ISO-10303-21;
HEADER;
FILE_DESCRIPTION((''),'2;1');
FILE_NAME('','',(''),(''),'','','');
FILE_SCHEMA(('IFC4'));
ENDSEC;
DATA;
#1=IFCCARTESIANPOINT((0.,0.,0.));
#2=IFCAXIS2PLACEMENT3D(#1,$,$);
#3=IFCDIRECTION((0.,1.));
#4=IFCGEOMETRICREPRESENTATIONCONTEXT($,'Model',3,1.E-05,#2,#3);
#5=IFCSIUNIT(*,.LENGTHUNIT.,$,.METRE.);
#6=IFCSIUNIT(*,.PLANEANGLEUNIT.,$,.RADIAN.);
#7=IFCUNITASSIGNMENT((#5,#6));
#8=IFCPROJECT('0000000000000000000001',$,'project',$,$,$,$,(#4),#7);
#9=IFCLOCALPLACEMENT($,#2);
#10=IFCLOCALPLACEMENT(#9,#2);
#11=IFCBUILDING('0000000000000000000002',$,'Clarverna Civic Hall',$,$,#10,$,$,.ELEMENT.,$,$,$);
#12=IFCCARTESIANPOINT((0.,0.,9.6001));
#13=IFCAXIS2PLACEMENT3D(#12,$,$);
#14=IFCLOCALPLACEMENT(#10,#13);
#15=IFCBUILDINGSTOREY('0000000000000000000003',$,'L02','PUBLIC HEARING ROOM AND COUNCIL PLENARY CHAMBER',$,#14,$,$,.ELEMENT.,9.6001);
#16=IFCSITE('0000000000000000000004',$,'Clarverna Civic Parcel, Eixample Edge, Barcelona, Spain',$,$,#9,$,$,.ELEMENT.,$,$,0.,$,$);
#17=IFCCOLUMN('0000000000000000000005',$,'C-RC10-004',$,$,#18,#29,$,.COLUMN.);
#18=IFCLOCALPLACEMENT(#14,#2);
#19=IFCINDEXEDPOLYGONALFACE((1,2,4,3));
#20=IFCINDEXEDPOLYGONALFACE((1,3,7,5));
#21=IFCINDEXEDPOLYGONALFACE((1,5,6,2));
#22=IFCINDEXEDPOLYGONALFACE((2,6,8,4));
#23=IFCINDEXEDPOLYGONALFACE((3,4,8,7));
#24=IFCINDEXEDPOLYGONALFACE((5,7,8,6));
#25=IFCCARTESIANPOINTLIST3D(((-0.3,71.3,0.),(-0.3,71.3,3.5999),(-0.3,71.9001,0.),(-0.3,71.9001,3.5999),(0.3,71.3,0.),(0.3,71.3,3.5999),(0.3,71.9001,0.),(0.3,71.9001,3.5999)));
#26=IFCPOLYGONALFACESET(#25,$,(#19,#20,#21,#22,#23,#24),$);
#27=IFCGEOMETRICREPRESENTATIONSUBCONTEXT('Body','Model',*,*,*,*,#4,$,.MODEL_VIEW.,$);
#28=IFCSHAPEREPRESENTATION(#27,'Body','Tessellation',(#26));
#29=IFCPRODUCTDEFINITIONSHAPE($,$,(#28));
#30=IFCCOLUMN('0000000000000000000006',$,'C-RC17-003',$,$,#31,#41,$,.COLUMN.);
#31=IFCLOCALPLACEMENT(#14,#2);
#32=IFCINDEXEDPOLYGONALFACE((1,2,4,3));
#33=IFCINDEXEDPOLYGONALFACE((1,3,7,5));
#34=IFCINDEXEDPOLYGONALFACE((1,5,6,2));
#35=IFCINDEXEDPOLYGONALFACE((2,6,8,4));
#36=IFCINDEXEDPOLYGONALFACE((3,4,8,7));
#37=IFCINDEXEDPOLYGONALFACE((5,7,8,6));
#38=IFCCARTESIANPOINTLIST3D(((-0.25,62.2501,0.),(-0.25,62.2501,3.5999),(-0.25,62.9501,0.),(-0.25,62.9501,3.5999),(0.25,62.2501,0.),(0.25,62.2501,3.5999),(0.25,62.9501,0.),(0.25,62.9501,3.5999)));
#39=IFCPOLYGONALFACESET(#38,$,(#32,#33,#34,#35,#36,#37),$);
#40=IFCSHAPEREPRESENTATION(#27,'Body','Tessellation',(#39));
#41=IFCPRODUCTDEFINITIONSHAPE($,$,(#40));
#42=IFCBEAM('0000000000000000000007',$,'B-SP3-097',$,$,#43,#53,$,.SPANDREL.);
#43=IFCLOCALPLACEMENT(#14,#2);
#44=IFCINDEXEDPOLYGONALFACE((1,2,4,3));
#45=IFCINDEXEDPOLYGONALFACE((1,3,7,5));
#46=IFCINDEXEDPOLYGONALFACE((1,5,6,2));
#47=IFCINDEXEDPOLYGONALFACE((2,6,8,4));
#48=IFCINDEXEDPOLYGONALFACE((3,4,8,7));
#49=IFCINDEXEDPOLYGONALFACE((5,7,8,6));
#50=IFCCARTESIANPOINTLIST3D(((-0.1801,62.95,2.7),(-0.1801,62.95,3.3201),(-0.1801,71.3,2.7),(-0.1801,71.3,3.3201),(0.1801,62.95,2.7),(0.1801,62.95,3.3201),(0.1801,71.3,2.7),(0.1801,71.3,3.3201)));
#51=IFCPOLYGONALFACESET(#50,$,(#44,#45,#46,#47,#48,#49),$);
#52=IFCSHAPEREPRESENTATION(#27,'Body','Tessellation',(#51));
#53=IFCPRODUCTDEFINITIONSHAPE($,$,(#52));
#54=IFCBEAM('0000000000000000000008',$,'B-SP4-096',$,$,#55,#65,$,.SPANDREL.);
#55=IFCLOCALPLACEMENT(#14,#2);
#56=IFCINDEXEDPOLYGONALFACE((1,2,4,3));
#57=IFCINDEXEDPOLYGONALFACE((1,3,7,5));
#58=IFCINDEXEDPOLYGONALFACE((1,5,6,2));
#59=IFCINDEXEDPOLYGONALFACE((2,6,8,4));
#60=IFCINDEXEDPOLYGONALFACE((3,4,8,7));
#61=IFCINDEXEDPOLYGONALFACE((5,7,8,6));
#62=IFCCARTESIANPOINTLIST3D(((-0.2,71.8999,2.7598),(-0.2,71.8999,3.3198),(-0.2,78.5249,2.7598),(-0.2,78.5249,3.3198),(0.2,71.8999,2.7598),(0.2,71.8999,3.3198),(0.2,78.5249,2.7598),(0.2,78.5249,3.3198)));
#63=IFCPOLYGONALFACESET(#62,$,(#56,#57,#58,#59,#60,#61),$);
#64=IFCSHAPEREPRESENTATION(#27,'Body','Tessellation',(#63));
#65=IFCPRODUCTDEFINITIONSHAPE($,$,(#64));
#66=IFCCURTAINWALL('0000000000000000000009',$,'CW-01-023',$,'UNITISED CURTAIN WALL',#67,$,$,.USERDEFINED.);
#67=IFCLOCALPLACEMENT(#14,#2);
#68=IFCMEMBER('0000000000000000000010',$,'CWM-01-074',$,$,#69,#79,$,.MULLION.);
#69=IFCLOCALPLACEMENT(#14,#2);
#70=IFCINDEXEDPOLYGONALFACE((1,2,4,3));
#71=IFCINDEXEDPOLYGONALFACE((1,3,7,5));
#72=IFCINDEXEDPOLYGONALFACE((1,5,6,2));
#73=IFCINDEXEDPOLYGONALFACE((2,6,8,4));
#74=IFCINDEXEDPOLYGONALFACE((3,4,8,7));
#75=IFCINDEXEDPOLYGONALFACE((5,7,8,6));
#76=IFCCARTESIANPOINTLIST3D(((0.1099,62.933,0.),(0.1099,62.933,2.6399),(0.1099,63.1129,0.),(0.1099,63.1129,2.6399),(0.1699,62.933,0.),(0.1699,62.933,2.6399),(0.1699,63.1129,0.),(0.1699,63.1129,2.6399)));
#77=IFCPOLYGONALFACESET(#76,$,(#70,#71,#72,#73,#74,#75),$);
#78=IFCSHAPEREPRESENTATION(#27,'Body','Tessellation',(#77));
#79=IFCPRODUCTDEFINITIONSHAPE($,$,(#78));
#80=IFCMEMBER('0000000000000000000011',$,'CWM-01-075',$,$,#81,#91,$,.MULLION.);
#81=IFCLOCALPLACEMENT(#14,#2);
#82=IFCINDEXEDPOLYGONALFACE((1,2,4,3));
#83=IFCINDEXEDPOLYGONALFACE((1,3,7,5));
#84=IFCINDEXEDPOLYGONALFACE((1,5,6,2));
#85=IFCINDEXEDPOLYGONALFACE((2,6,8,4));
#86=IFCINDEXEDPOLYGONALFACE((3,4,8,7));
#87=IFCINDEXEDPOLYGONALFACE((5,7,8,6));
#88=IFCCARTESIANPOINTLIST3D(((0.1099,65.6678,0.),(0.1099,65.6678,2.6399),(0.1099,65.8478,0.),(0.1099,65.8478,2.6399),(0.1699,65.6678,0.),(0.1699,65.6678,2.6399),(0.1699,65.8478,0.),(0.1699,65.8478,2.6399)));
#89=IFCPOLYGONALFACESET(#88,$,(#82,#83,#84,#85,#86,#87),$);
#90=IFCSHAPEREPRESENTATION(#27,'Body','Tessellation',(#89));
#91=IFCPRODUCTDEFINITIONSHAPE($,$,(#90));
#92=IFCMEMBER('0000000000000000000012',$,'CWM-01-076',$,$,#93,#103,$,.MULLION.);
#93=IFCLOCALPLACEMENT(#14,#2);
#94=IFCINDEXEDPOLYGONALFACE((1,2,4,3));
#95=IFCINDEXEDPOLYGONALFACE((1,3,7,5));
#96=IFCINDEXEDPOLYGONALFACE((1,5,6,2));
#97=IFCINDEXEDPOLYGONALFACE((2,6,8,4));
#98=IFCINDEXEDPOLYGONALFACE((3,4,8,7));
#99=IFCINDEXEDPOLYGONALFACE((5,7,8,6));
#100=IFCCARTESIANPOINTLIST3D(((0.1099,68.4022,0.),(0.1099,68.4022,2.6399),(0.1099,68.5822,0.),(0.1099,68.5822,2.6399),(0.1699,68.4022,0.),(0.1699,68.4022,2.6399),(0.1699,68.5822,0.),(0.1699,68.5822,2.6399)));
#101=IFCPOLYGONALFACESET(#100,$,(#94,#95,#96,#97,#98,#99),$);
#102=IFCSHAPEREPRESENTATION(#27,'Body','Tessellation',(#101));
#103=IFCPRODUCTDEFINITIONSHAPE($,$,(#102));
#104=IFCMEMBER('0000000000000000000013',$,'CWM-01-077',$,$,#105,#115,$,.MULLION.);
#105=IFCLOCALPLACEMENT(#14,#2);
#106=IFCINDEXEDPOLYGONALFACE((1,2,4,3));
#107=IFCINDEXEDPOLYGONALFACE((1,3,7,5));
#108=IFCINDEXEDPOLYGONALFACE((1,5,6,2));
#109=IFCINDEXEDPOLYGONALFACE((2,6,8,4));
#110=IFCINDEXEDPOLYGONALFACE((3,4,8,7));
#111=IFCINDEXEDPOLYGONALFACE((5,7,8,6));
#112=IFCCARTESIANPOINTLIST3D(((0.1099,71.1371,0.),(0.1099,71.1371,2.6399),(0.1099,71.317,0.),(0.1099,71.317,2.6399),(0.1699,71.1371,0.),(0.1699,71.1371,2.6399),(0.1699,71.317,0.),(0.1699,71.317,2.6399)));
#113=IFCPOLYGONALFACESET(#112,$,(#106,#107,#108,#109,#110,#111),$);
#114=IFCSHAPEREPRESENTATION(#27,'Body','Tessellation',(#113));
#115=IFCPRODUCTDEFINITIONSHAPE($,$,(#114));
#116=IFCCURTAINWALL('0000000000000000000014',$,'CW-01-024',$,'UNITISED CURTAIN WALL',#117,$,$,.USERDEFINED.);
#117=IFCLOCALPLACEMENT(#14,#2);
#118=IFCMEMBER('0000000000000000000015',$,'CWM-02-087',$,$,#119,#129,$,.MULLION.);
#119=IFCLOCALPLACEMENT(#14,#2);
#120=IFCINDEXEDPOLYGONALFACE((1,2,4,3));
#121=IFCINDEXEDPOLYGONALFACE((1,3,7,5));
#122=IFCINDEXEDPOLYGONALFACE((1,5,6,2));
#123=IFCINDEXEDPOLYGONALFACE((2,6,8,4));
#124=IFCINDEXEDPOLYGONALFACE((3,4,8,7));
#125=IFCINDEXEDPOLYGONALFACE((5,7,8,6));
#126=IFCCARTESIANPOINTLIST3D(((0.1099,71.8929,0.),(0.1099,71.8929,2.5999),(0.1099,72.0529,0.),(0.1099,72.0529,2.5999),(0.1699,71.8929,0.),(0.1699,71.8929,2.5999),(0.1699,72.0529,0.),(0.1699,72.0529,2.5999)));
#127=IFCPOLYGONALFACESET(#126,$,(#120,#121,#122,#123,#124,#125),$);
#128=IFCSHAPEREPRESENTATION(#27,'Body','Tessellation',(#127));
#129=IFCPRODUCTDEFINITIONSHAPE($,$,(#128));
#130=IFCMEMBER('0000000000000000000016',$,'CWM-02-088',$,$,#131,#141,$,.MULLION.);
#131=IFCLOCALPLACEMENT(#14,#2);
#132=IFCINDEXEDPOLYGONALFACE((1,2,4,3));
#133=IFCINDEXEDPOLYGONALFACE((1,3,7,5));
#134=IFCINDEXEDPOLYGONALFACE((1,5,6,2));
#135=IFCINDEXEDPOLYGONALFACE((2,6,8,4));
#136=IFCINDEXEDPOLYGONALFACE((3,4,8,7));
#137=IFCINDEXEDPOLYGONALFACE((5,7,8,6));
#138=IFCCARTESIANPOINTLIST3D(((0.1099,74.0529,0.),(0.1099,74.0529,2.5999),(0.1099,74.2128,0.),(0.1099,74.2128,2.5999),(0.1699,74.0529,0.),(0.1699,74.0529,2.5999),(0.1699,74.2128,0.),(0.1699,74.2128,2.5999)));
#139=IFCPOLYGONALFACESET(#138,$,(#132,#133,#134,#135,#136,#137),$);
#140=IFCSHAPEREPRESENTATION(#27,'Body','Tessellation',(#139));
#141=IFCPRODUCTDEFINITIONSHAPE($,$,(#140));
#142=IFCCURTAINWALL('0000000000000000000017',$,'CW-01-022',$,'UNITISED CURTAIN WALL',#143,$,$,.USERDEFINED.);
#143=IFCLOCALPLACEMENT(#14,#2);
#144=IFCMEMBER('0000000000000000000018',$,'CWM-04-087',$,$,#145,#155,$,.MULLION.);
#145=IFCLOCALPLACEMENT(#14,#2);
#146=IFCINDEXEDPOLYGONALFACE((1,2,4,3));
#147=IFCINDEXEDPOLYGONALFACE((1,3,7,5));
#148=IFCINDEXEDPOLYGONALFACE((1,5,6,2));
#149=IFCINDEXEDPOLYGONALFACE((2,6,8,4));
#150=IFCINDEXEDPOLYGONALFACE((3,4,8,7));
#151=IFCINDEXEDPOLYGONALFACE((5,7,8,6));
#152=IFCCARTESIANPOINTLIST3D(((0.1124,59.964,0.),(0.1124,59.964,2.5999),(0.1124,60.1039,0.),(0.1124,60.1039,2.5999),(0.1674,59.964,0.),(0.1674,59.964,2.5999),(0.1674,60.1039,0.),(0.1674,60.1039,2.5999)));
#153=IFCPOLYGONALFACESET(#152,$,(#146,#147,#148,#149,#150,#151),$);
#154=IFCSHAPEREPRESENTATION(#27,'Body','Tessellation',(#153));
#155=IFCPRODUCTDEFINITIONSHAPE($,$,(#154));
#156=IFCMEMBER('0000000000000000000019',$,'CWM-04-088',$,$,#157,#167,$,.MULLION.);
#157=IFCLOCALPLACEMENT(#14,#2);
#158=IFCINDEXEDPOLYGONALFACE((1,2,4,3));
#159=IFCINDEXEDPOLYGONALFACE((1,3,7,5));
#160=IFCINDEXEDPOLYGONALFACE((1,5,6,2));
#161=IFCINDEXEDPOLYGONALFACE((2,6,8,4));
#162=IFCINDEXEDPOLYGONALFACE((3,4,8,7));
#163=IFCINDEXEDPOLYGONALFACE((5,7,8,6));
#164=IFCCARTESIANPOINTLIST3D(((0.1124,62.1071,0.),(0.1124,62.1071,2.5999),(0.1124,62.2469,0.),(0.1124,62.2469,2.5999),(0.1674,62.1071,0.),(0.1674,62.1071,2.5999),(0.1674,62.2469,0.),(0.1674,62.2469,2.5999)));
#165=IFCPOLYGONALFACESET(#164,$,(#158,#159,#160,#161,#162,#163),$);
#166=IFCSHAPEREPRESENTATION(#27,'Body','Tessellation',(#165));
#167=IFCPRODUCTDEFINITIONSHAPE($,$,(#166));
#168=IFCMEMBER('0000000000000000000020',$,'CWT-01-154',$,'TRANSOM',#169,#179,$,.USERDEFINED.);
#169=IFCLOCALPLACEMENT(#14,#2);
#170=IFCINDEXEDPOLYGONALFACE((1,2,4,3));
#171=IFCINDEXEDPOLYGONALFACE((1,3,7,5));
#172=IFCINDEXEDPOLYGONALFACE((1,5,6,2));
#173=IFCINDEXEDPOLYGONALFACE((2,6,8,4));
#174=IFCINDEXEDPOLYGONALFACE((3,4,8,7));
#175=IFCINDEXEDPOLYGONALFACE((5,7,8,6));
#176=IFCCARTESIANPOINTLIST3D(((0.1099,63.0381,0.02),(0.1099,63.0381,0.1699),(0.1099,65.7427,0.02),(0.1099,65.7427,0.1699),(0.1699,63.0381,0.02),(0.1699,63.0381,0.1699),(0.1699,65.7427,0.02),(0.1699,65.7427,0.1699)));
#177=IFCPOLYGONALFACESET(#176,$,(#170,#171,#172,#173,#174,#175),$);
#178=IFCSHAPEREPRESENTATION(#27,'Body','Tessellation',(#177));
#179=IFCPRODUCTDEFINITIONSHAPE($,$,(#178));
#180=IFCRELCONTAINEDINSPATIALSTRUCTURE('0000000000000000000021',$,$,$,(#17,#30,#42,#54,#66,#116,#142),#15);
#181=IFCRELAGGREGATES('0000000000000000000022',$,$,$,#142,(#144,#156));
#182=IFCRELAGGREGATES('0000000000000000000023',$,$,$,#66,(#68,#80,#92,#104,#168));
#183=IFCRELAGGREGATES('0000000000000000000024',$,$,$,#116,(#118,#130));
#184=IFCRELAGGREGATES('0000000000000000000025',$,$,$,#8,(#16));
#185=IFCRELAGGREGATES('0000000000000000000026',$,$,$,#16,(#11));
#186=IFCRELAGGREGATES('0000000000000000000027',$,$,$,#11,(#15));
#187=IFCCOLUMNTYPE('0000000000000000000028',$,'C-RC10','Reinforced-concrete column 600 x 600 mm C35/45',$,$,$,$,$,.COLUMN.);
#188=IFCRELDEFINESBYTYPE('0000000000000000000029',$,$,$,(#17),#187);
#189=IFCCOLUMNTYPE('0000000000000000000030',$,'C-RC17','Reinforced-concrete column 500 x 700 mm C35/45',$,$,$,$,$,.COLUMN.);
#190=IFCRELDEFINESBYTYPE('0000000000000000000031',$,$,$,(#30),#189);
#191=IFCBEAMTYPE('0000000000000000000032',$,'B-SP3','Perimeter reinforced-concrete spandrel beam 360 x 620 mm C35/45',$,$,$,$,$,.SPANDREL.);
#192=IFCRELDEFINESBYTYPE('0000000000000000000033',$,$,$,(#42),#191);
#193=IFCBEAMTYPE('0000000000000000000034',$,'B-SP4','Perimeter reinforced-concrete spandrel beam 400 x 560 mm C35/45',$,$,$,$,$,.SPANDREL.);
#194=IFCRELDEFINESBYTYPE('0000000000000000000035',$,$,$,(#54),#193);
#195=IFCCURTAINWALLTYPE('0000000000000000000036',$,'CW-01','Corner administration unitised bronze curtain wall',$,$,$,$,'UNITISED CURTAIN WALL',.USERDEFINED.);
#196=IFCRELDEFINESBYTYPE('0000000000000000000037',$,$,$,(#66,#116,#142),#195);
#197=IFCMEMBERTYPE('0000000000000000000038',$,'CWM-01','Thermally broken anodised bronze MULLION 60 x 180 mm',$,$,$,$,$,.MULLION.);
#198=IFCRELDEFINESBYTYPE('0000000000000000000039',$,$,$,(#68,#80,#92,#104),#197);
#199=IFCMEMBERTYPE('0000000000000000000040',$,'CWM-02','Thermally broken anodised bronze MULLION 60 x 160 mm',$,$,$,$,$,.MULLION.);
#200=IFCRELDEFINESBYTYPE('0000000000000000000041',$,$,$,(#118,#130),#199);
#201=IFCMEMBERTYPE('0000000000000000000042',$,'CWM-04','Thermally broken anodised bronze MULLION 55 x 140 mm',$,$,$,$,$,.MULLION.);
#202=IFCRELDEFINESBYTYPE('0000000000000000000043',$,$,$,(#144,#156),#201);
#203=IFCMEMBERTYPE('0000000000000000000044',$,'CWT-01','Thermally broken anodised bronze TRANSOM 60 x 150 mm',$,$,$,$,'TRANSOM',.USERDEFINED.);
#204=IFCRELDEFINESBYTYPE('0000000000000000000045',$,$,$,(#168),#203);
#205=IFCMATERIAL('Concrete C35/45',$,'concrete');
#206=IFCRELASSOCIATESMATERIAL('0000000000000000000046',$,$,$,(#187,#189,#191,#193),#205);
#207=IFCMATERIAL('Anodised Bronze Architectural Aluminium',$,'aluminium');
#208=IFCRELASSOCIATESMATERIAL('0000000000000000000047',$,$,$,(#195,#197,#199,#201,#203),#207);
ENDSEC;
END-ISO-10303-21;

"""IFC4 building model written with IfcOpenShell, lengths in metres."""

from ifc_helpers import new_model, si_unit, direction, frame, origin, origin_2d, place, context, subcontext, project, spatial, rectangle, extrude, material, material_profile, profile_set, type_object, element, aggregate, save


model = new_model("IFC4")

# Units and contexts
model_context = context("Model", 3, precision=1e-05, world=origin(), true_north=direction((0.0, 1.0)))
body_context = subcontext(model_context, "Body", "Model", "MODEL_VIEW")
ifc_project = project(units=[si_unit("LENGTHUNIT", "METRE"), si_unit("PLANEANGLEUNIT", "RADIAN")], contexts=[model_context])

# Site, building, storey
site_placement = place(None, origin())
site = spatial("IfcSite", under=ifc_project, at=site_placement, Name="Clarverna Civic Parcel, Eixample Edge, Barcelona, Spain", CompositionType="ELEMENT", RefElevation=0.0)
building_placement = place(site_placement, origin())
building = spatial("IfcBuilding", under=site, at=building_placement, Name="Clarverna Civic Hall", CompositionType="ELEMENT")
storey_placement = place(building_placement, frame((0.0, 0.0, 9.6001)))
storey = spatial("IfcBuildingStorey", under=building, at=storey_placement, Name="L02", Description="PUBLIC HEARING ROOM AND COUNCIL PLENARY CHAMBER", CompositionType="ELEMENT", Elevation=9.6001)

# Columns
ifc_material_1 = material(Name="Concrete C35/45", Category="concrete")
ifc_material_profile_1 = material_profile(ifc_material_1, rectangle(XDim=0.6001, YDim=0.6001, at=origin_2d()), Name="RC 600x600")
ifc_profile_set_1 = profile_set([ifc_material_profile_1], Name="Concrete C35/45")
column_type_1 = type_object("IfcColumnType", Name="C-RC10", Description="Reinforced-concrete column 600 x 600 mm C35/45", PredefinedType="COLUMN", material=ifc_profile_set_1)
column_1_placement = place(storey_placement, frame((0.0, 71.6001, 0.0), z_axis=(0.0, 0.0, 1.0), x_axis=(1.0, 0.0, 0.0)))
element("IfcColumn", 1, at=column_1_placement, inside=storey, type_object=column_type_1, Name="C-RC10-004", PredefinedType="COLUMN", context=body_context, shape_type="SweptSolid", body=[
    extrude(rectangle(XDim=0.6001, YDim=0.6001, at=origin_2d()), origin(), (0.0, 0.0, 1.0), 3.5999),
])
ifc_material_profile_2 = material_profile(ifc_material_1, rectangle(XDim=0.5, YDim=0.7, at=origin_2d()), Name="RC 500x700")
ifc_profile_set_2 = profile_set([ifc_material_profile_2], Name="Concrete C35/45")
column_type_2 = type_object("IfcColumnType", Name="C-RC17", Description="Reinforced-concrete column 500 x 700 mm C35/45", PredefinedType="COLUMN", material=ifc_profile_set_2)
column_2_placement = place(storey_placement, frame((0.0, 62.6001, 0.0), z_axis=(0.0, 0.0, 1.0), x_axis=(1.0, 0.0, 0.0)))
element("IfcColumn", 2, at=column_2_placement, inside=storey, type_object=column_type_2, Name="C-RC17-003", PredefinedType="COLUMN", context=body_context, shape_type="SweptSolid", body=[
    extrude(rectangle(XDim=0.5, YDim=0.7, at=origin_2d()), origin(), (0.0, 0.0, 1.0), 3.5999),
])

# Beams
ifc_material_profile_3 = material_profile(ifc_material_1, rectangle(XDim=0.3601, YDim=0.6201, at=origin_2d()), Name="RC 360x620")
ifc_profile_set_3 = profile_set([ifc_material_profile_3], Name="Concrete C35/45")
beam_type_1 = type_object("IfcBeamType", Name="B-SP3", Description="Perimeter reinforced-concrete spandrel beam 360 x 620 mm C35/45", PredefinedType="SPANDREL", material=ifc_profile_set_3)
beam_1_placement = place(storey_placement, frame((0.0, 62.95, 3.01), z_axis=(0.0, 1.0, 0.0), x_axis=(-1.0, 0.0, 0.0)))
element("IfcBeam", 3, at=beam_1_placement, inside=storey, type_object=beam_type_1, Name="B-SP3-097", PredefinedType="SPANDREL", context=body_context, shape_type="SweptSolid", body=[
    extrude(rectangle(XDim=0.3601, YDim=0.6201, at=origin_2d()), origin(), (0.0, 0.0, 1.0), 8.3501),
])
ifc_material_profile_4 = material_profile(ifc_material_1, rectangle(XDim=0.3999, YDim=0.5601, at=origin_2d()), Name="RC 400x560")
ifc_profile_set_4 = profile_set([ifc_material_profile_4], Name="Concrete C35/45")
beam_type_2 = type_object("IfcBeamType", Name="B-SP4", Description="Perimeter reinforced-concrete spandrel beam 400 x 560 mm C35/45", PredefinedType="SPANDREL", material=ifc_profile_set_4)
beam_2_placement = place(storey_placement, frame((0.0, 71.8999, 3.0398), z_axis=(0.0, 1.0, 0.0), x_axis=(-1.0, 0.0, 0.0)))
element("IfcBeam", 4, at=beam_2_placement, inside=storey, type_object=beam_type_2, Name="B-SP4-096", PredefinedType="SPANDREL", context=body_context, shape_type="SweptSolid", body=[
    extrude(rectangle(XDim=0.3999, YDim=0.5601, at=origin_2d()), origin(), (0.0, 0.0, 1.0), 6.625),
])

# Curtain walls, members
ifc_material_2 = material(Name="Anodised Bronze Architectural Aluminium", Category="aluminium")
curtain_wall_type = type_object("IfcCurtainWallType", Name="CW-01", Description="Corner administration unitised bronze curtain wall", ElementType="UNITISED CURTAIN WALL", PredefinedType="USERDEFINED", material=ifc_material_2)
curtain_wall_1_placement = place(storey_placement, origin())
curtain_wall_1 = element("IfcCurtainWall", 5, at=curtain_wall_1_placement, inside=storey, type_object=curtain_wall_type, Name="CW-01-023", ObjectType="UNITISED CURTAIN WALL", PredefinedType="USERDEFINED")
ifc_material_profile_5 = material_profile(ifc_material_2, rectangle(XDim=0.0601, YDim=0.1799, at=origin_2d()), Name="BRONZE 60x180")
ifc_profile_set_5 = profile_set([ifc_material_profile_5], Name="Anodised Bronze Architectural Aluminium")
member_type_1 = type_object("IfcMemberType", Name="CWM-01", Description="Thermally broken anodised bronze MULLION 60 x 180 mm", PredefinedType="MULLION", material=ifc_profile_set_5)
member_1_placement = place(storey_placement, frame((0.1399, 63.0229, 0.0), z_axis=(0.0, 0.0, 1.0), x_axis=(1.0, 0.0, 0.0)))
member_1 = element("IfcMember", 6, at=member_1_placement, type_object=member_type_1, Name="CWM-01-074", PredefinedType="MULLION", context=body_context, shape_type="SweptSolid", body=[
    extrude(rectangle(XDim=0.0601, YDim=0.1799, at=origin_2d()), origin(), (0.0, 0.0, 1.0), 2.6399),
])
member_2_placement = place(storey_placement, frame((0.1399, 65.7578, 0.0), z_axis=(0.0, 0.0, 1.0), x_axis=(1.0, 0.0, 0.0)))
member_2 = element("IfcMember", 7, at=member_2_placement, type_object=member_type_1, Name="CWM-01-075", PredefinedType="MULLION", context=body_context, shape_type="SweptSolid", body=[
    extrude(rectangle(XDim=0.0601, YDim=0.1799, at=origin_2d()), origin(), (0.0, 0.0, 1.0), 2.6399),
])
member_3_placement = place(storey_placement, frame((0.1399, 68.4922, 0.0), z_axis=(0.0, 0.0, 1.0), x_axis=(1.0, 0.0, 0.0)))
member_3 = element("IfcMember", 8, at=member_3_placement, type_object=member_type_1, Name="CWM-01-076", PredefinedType="MULLION", context=body_context, shape_type="SweptSolid", body=[
    extrude(rectangle(XDim=0.0601, YDim=0.1799, at=origin_2d()), origin(), (0.0, 0.0, 1.0), 2.6399),
])
member_4_placement = place(storey_placement, frame((0.1399, 71.2271, 0.0), z_axis=(0.0, 0.0, 1.0), x_axis=(1.0, 0.0, 0.0)))
member_4 = element("IfcMember", 9, at=member_4_placement, type_object=member_type_1, Name="CWM-01-077", PredefinedType="MULLION", context=body_context, shape_type="SweptSolid", body=[
    extrude(rectangle(XDim=0.0601, YDim=0.1799, at=origin_2d()), origin(), (0.0, 0.0, 1.0), 2.6399),
])
curtain_wall_2_placement = place(storey_placement, origin())
curtain_wall_2 = element("IfcCurtainWall", 10, at=curtain_wall_2_placement, inside=storey, type_object=curtain_wall_type, Name="CW-01-024", ObjectType="UNITISED CURTAIN WALL", PredefinedType="USERDEFINED")
ifc_material_profile_6 = material_profile(ifc_material_2, rectangle(XDim=0.0601, YDim=0.1599, at=origin_2d()), Name="BRONZE 60x160")
ifc_profile_set_6 = profile_set([ifc_material_profile_6], Name="Anodised Bronze Architectural Aluminium")
member_type_2 = type_object("IfcMemberType", Name="CWM-02", Description="Thermally broken anodised bronze MULLION 60 x 160 mm", PredefinedType="MULLION", material=ifc_profile_set_6)
member_5_placement = place(storey_placement, frame((0.1399, 71.9729, 0.0), z_axis=(0.0, 0.0, 1.0), x_axis=(1.0, 0.0, 0.0)))
member_5 = element("IfcMember", 11, at=member_5_placement, type_object=member_type_2, Name="CWM-02-087", PredefinedType="MULLION", context=body_context, shape_type="SweptSolid", body=[
    extrude(rectangle(XDim=0.0601, YDim=0.1599, at=origin_2d()), origin(), (0.0, 0.0, 1.0), 2.5999),
])
member_6_placement = place(storey_placement, frame((0.1399, 74.1328, 0.0), z_axis=(0.0, 0.0, 1.0), x_axis=(1.0, 0.0, 0.0)))
member_6 = element("IfcMember", 12, at=member_6_placement, type_object=member_type_2, Name="CWM-02-088", PredefinedType="MULLION", context=body_context, shape_type="SweptSolid", body=[
    extrude(rectangle(XDim=0.0601, YDim=0.1599, at=origin_2d()), origin(), (0.0, 0.0, 1.0), 2.5999),
])
curtain_wall_3_placement = place(storey_placement, origin())
curtain_wall_3 = element("IfcCurtainWall", 13, at=curtain_wall_3_placement, inside=storey, type_object=curtain_wall_type, Name="CW-01-022", ObjectType="UNITISED CURTAIN WALL", PredefinedType="USERDEFINED")
ifc_material_profile_7 = material_profile(ifc_material_2, rectangle(XDim=0.0549, YDim=0.1399, at=origin_2d()), Name="BRONZE 55x140")
ifc_profile_set_7 = profile_set([ifc_material_profile_7], Name="Anodised Bronze Architectural Aluminium")
member_type_3 = type_object("IfcMemberType", Name="CWM-04", Description="Thermally broken anodised bronze MULLION 55 x 140 mm", PredefinedType="MULLION", material=ifc_profile_set_7)
member_7_placement = place(storey_placement, frame((0.1399, 60.0339, 0.0), z_axis=(0.0, 0.0, 1.0), x_axis=(1.0, 0.0, 0.0)))
member_7 = element("IfcMember", 14, at=member_7_placement, type_object=member_type_3, Name="CWM-04-087", PredefinedType="MULLION", context=body_context, shape_type="SweptSolid", body=[
    extrude(rectangle(XDim=0.0549, YDim=0.1399, at=origin_2d()), origin(), (0.0, 0.0, 1.0), 2.5999),
])
member_8_placement = place(storey_placement, frame((0.1399, 62.177, 0.0), z_axis=(0.0, 0.0, 1.0), x_axis=(1.0, 0.0, 0.0)))
member_8 = element("IfcMember", 15, at=member_8_placement, type_object=member_type_3, Name="CWM-04-088", PredefinedType="MULLION", context=body_context, shape_type="SweptSolid", body=[
    extrude(rectangle(XDim=0.0549, YDim=0.1399, at=origin_2d()), origin(), (0.0, 0.0, 1.0), 2.5999),
])

# Member
ifc_material_profile_8 = material_profile(ifc_material_2, rectangle(XDim=0.0601, YDim=0.1499, at=origin_2d()), Name="BRONZE 60x150")
ifc_profile_set_8 = profile_set([ifc_material_profile_8], Name="Anodised Bronze Architectural Aluminium")
member_type_4 = type_object("IfcMemberType", Name="CWT-01", Description="Thermally broken anodised bronze TRANSOM 60 x 150 mm", ElementType="TRANSOM", PredefinedType="USERDEFINED", material=ifc_profile_set_8)
member_9_placement = place(storey_placement, frame((0.1399, 63.0381, 0.095), z_axis=(0.0, 1.0, 0.0), x_axis=(-1.0, 0.0, 0.0)))
member_9 = element("IfcMember", 16, at=member_9_placement, type_object=member_type_4, Name="CWT-01-154", ObjectType="TRANSOM", PredefinedType="USERDEFINED", context=body_context, shape_type="SweptSolid", body=[
    extrude(rectangle(XDim=0.0601, YDim=0.1499, at=origin_2d()), origin(), (0.0, 0.0, 1.0), 2.7046),
])

aggregate(curtain_wall_3, [member_7, member_8])
aggregate(curtain_wall_1, [member_1, member_2, member_3, member_4, member_9])
aggregate(curtain_wall_2, [member_5, member_6])

save(model, "model.ifc")
